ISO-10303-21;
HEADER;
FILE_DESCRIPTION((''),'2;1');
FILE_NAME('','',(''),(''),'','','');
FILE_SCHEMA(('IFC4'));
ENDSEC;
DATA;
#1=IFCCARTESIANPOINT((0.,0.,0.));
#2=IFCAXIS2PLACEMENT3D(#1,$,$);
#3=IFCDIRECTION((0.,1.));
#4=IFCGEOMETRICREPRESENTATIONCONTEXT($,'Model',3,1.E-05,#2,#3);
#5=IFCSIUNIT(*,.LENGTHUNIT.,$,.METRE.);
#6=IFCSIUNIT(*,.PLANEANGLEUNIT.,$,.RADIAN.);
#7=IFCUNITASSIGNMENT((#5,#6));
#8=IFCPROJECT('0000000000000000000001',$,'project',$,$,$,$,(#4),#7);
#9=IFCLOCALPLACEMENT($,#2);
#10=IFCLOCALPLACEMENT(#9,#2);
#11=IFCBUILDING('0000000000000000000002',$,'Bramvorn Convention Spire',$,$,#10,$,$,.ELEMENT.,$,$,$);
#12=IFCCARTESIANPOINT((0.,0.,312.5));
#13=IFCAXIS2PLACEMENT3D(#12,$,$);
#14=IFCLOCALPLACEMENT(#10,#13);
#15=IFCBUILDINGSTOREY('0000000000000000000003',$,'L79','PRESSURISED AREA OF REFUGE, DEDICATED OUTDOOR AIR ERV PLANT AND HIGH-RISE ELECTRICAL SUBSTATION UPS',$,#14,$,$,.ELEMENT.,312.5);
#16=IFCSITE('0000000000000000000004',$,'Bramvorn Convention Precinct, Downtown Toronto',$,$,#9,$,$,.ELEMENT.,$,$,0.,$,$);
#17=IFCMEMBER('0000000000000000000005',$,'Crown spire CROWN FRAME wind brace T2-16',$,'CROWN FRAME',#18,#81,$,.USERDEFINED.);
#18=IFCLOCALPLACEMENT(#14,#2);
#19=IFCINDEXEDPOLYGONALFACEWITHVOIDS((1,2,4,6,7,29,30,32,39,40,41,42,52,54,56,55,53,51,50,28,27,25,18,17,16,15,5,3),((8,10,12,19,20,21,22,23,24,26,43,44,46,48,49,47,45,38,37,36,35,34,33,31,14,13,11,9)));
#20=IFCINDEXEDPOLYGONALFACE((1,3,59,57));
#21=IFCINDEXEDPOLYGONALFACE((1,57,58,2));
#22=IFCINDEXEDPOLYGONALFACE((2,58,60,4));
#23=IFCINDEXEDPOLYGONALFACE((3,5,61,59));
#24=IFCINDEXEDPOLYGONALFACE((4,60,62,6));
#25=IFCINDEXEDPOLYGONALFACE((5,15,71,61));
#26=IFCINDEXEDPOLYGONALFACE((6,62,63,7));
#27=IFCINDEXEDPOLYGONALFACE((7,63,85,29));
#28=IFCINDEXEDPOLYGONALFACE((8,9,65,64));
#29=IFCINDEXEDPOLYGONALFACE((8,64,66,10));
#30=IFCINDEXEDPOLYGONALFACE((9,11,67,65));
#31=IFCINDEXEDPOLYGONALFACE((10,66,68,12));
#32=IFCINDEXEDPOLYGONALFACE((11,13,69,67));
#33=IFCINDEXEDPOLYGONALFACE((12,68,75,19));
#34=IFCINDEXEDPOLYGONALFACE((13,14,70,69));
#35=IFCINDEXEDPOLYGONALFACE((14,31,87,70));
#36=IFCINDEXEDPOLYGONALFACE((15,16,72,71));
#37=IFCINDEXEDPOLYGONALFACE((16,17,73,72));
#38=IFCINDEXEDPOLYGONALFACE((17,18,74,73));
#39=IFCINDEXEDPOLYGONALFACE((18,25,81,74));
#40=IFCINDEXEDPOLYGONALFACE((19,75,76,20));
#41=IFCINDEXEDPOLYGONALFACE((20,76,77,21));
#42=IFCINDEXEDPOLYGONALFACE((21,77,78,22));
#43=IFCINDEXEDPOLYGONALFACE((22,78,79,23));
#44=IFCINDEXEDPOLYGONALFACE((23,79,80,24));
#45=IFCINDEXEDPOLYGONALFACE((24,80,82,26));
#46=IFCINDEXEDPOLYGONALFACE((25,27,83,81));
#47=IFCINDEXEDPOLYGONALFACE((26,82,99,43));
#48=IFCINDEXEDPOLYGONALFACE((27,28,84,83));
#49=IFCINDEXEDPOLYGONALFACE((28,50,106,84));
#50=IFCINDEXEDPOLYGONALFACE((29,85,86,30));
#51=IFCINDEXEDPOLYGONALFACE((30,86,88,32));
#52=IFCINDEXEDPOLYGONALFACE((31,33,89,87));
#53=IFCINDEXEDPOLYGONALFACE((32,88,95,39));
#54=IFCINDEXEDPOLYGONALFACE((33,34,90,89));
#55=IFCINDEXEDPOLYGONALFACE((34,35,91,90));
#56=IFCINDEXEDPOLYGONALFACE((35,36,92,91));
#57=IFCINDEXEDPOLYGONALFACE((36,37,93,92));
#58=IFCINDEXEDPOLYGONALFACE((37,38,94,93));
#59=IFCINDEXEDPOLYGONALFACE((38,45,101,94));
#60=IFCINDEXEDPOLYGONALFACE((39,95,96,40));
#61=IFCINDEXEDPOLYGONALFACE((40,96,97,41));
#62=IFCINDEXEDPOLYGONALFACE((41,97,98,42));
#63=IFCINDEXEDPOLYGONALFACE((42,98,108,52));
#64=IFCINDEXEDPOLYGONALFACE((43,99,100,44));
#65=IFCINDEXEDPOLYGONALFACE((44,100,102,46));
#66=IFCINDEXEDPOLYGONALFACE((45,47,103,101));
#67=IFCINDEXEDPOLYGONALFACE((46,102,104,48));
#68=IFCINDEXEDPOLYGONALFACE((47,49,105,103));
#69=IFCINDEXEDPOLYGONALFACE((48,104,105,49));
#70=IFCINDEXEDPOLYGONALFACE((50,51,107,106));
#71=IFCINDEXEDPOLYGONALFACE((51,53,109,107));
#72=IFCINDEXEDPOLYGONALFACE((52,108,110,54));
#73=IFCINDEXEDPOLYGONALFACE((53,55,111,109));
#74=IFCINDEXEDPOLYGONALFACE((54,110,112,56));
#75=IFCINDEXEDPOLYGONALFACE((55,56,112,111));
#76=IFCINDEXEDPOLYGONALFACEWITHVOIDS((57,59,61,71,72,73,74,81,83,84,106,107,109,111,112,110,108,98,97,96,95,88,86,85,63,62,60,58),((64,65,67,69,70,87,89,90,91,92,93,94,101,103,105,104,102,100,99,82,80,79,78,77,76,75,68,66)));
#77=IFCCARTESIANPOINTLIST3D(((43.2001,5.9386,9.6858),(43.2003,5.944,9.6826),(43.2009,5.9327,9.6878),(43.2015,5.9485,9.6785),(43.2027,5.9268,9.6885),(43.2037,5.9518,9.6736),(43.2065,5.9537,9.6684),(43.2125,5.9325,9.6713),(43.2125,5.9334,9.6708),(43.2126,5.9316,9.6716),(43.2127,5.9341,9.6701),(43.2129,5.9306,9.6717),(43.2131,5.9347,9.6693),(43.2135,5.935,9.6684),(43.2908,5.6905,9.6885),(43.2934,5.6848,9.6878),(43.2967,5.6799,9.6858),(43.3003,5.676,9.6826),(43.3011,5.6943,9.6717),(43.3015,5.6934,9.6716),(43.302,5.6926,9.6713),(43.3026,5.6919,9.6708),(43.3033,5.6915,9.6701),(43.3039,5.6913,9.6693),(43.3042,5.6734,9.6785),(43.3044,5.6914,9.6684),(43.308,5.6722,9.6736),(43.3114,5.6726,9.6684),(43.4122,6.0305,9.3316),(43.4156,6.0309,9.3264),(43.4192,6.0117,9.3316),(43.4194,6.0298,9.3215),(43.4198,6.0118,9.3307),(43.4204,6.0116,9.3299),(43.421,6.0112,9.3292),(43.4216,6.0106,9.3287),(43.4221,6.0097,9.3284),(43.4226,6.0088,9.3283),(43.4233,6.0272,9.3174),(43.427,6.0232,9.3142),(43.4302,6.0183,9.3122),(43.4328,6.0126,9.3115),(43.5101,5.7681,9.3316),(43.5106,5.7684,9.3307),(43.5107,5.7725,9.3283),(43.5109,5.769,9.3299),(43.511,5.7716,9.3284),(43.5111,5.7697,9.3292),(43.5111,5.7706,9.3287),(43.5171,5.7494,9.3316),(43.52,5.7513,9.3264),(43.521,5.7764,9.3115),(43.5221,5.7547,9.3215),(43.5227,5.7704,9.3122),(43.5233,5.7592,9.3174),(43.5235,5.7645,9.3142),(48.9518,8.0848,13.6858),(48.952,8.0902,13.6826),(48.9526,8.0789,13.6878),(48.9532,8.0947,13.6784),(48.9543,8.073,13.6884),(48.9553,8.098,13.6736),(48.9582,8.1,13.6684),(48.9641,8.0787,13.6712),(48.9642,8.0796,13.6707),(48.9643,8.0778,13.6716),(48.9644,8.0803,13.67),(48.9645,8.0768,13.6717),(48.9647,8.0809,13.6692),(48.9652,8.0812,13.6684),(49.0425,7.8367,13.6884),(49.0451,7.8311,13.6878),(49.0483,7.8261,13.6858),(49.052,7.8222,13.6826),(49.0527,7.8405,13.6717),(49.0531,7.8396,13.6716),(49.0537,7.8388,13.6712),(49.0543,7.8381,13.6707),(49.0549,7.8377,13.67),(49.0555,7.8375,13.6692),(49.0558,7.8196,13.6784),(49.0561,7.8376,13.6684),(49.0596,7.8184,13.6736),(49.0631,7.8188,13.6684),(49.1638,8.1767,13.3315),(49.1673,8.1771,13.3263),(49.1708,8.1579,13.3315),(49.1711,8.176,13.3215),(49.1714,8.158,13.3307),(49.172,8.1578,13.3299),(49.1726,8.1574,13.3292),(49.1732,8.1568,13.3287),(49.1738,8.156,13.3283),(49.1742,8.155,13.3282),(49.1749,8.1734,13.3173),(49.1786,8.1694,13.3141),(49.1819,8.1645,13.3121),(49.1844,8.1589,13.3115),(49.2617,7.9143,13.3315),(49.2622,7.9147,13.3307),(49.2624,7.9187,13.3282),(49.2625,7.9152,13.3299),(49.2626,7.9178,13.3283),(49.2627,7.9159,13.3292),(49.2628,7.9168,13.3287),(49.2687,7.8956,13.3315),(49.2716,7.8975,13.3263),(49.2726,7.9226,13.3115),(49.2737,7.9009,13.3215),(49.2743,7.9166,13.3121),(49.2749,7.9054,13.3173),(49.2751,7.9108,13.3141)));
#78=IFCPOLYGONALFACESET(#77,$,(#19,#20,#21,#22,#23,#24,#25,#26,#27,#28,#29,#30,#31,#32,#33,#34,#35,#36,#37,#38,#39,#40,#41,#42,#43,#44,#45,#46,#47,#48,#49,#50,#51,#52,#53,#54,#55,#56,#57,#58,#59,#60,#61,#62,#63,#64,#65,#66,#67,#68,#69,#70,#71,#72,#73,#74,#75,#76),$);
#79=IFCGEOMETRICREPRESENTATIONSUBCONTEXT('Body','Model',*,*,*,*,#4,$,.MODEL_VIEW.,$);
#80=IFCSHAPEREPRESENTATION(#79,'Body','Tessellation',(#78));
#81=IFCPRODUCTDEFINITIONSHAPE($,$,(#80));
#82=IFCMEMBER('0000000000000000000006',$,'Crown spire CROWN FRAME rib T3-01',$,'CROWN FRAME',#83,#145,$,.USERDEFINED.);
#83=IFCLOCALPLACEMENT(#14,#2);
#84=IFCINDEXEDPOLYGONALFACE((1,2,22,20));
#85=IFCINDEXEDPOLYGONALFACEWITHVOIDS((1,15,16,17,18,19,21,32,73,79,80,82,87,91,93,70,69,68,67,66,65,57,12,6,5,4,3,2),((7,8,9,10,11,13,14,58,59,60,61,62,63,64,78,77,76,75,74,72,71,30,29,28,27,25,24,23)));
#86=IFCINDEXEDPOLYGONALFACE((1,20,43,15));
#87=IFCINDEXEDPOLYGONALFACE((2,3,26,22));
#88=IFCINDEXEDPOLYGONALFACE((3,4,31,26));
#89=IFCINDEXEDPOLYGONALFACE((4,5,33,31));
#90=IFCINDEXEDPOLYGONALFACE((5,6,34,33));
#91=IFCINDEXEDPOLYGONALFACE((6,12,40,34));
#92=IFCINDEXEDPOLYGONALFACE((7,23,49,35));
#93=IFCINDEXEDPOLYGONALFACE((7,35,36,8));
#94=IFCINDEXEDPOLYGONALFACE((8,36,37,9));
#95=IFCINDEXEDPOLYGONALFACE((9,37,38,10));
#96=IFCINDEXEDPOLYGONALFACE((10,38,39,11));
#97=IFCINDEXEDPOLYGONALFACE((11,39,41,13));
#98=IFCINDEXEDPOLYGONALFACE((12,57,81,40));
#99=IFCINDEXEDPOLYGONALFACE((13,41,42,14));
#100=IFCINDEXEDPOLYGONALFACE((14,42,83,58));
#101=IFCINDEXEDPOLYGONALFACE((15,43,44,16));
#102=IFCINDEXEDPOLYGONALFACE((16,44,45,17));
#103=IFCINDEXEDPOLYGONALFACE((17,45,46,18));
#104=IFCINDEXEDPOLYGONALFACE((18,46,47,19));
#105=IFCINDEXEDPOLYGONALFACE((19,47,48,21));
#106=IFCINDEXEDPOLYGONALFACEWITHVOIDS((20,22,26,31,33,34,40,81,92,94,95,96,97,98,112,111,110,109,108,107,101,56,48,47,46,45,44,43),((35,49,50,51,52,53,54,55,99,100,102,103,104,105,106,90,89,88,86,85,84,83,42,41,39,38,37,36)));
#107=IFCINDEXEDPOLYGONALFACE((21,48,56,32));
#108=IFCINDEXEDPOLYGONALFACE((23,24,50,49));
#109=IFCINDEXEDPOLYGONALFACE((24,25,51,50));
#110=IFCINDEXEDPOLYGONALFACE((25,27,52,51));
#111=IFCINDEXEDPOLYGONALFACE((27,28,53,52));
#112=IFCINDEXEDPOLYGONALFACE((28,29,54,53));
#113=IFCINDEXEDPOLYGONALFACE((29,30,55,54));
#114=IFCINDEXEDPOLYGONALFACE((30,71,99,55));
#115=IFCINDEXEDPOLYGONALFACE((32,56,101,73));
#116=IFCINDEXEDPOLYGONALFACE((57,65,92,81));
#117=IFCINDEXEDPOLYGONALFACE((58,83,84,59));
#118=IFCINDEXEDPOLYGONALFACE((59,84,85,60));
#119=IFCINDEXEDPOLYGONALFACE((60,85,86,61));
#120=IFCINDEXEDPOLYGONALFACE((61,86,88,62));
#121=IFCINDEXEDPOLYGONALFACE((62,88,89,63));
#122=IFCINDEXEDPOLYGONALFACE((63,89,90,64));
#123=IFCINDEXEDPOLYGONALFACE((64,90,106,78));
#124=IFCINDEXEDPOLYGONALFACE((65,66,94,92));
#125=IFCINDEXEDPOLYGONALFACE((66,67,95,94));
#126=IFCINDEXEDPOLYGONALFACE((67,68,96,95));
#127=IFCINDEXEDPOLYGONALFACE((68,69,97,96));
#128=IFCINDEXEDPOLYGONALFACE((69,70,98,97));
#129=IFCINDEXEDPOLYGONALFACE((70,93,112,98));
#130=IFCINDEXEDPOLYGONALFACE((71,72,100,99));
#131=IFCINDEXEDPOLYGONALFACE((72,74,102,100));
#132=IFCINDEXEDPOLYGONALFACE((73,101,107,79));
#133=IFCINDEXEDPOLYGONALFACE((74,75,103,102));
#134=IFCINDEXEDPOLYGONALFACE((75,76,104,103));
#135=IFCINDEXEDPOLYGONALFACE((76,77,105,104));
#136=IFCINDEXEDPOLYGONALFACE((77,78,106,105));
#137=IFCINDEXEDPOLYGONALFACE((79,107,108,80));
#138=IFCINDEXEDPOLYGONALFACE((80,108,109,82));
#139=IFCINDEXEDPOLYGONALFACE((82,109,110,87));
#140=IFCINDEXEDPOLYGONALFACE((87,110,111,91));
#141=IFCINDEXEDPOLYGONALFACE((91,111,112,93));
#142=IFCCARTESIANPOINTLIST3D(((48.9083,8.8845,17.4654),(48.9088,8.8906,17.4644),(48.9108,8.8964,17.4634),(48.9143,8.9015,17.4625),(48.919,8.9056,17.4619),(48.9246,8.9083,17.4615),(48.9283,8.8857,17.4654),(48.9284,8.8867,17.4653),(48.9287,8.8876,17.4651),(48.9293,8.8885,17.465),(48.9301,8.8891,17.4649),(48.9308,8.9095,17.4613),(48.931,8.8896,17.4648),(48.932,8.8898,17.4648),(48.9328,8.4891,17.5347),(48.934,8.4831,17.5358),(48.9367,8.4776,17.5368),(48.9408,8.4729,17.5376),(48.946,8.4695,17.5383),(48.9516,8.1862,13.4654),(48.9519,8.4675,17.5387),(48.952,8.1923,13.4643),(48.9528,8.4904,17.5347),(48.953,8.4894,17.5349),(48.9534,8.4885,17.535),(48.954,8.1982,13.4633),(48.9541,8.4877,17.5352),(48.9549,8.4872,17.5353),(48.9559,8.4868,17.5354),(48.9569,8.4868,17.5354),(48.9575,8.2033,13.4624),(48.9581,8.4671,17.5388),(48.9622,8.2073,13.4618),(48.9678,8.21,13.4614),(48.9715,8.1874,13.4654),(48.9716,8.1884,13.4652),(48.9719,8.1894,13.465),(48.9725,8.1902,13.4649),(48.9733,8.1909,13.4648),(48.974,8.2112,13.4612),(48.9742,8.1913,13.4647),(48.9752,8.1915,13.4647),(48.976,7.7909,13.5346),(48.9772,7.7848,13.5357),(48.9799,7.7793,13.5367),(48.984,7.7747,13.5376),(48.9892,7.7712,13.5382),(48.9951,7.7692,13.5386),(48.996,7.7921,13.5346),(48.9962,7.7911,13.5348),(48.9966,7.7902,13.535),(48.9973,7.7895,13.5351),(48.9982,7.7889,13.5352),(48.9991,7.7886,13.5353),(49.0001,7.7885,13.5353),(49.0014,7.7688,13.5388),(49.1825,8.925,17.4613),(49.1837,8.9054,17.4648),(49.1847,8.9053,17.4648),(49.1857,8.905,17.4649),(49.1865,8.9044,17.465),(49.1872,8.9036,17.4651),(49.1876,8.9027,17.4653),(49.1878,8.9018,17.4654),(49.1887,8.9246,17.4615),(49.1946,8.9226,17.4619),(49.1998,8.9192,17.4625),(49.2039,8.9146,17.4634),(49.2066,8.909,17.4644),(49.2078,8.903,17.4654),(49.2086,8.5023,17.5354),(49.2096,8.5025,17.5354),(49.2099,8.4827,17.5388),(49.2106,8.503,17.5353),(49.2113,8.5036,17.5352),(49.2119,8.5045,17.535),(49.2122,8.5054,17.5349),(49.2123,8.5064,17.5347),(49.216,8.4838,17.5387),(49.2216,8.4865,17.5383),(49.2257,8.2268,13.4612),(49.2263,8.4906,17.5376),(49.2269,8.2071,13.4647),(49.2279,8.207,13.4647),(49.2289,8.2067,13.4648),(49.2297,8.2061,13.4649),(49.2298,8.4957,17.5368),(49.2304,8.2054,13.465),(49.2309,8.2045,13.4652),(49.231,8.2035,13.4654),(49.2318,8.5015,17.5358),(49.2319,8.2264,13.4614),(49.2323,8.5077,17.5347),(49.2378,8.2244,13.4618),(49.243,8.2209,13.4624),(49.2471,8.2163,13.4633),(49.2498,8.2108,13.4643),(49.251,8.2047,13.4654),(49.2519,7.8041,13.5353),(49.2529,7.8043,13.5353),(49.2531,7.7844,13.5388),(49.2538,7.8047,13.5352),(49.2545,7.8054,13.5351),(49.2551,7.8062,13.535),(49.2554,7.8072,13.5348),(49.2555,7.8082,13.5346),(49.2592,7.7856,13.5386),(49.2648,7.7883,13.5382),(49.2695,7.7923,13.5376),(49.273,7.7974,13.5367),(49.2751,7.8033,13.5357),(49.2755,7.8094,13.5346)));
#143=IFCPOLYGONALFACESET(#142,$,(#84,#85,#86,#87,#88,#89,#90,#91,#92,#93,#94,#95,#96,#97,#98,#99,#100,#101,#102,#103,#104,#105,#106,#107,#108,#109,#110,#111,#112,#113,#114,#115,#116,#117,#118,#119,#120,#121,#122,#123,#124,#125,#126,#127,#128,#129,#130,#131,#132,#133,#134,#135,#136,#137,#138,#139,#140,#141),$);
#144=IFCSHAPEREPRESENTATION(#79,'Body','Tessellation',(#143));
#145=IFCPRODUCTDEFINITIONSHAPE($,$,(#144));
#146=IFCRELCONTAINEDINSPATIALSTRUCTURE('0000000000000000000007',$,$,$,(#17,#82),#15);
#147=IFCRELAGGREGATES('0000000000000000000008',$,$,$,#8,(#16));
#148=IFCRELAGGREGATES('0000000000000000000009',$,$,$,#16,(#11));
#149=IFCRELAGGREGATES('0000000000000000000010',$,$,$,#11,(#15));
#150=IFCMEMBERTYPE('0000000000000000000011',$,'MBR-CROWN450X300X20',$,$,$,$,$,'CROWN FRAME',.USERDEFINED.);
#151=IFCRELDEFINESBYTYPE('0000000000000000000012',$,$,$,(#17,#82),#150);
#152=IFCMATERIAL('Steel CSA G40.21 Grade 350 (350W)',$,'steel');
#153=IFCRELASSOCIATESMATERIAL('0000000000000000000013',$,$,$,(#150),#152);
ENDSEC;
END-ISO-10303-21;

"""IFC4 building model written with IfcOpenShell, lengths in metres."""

from ifc_helpers import new_model, si_unit, direction, frame, origin, origin_2d, place, context, subcontext, project, spatial, hollow_rectangle, extrude, material, material_profile, profile_set, type_object, element, save


model = new_model("IFC4")

# Units and contexts
model_context = context("Model", 3, precision=1e-05, world=origin(), true_north=direction((0.0, 1.0)))
body_context = subcontext(model_context, "Body", "Model", "MODEL_VIEW")
ifc_project = project(units=[si_unit("LENGTHUNIT", "METRE"), si_unit("PLANEANGLEUNIT", "RADIAN")], contexts=[model_context])

# Site, building, storey
site_placement = place(None, origin())
site = spatial("IfcSite", under=ifc_project, at=site_placement, Name="Bramvorn Convention Precinct, Downtown Toronto", CompositionType="ELEMENT", RefElevation=0.0)
building_placement = place(site_placement, origin())
building = spatial("IfcBuilding", under=site, at=building_placement, Name="Bramvorn Convention Spire", CompositionType="ELEMENT")
storey_placement = place(building_placement, frame((0.0, 0.0, 312.5)))
storey = spatial("IfcBuildingStorey", under=building, at=storey_placement, Name="L79", Description="PRESSURISED AREA OF REFUGE, DEDICATED OUTDOOR AIR ERV PLANT AND HIGH-RISE ELECTRICAL SUBSTATION UPS", CompositionType="ELEMENT", Elevation=312.5)

# Shared definitions
ifc_material_1 = material(Name="Steel CSA G40.21 Grade 350 (350W)", Category="steel")

# Members
ifc_material_profile_1 = material_profile(ifc_material_1, hollow_rectangle(XDim=0.3, YDim=0.45, WallThickness=0.02, InnerFilletRadius=0.0039, OuterFilletRadius=0.0239, at=origin_2d()))
ifc_profile_set_1 = profile_set([ifc_material_profile_1], Name="Steel CSA G40.21 Grade 350 (350W) - CROWN450X300X20")
member_type = type_object("IfcMemberType", Name="MBR-CROWN450X300X20", ElementType="CROWN FRAME", PredefinedType="USERDEFINED", material=ifc_profile_set_1)
member_1_placement = place(storey_placement, frame((43.3618, 5.8516, 9.5), z_axis=(0.784976, 0.292912, 0.545908), x_axis=(-0.349602, 0.936898, 0.0)))
element("IfcMember", 1, at=member_1_placement, inside=storey, type_object=member_type, Name="Crown spire CROWN FRAME wind brace T2-16", ObjectType="CROWN FRAME", PredefinedType="USERDEFINED", context=body_context, shape_type="SweptSolid", body=[
    extrude(hollow_rectangle(XDim=0.3, YDim=0.45, WallThickness=0.02, InnerFilletRadius=0.0039, OuterFilletRadius=0.0239, at=origin_2d()), origin(), (0.0, 0.0, 1.0), 7.3271),
])
member_2_placement = place(storey_placement, frame((49.1135, 7.9978, 13.5), z_axis=(-0.010642, 0.171951, 0.985048), x_axis=(-0.99809, -0.06177, 0.0)))
element("IfcMember", 2, at=member_2_placement, inside=storey, type_object=member_type, Name="Crown spire CROWN FRAME rib T3-01", ObjectType="CROWN FRAME", PredefinedType="USERDEFINED", context=body_context, shape_type="SweptSolid", body=[
    extrude(hollow_rectangle(XDim=0.3, YDim=0.45, WallThickness=0.02, InnerFilletRadius=0.0039, OuterFilletRadius=0.0239, at=origin_2d()), origin(), (0.0, 0.0, 1.0), 4.0608),
])

save(model, "model.ifc")
